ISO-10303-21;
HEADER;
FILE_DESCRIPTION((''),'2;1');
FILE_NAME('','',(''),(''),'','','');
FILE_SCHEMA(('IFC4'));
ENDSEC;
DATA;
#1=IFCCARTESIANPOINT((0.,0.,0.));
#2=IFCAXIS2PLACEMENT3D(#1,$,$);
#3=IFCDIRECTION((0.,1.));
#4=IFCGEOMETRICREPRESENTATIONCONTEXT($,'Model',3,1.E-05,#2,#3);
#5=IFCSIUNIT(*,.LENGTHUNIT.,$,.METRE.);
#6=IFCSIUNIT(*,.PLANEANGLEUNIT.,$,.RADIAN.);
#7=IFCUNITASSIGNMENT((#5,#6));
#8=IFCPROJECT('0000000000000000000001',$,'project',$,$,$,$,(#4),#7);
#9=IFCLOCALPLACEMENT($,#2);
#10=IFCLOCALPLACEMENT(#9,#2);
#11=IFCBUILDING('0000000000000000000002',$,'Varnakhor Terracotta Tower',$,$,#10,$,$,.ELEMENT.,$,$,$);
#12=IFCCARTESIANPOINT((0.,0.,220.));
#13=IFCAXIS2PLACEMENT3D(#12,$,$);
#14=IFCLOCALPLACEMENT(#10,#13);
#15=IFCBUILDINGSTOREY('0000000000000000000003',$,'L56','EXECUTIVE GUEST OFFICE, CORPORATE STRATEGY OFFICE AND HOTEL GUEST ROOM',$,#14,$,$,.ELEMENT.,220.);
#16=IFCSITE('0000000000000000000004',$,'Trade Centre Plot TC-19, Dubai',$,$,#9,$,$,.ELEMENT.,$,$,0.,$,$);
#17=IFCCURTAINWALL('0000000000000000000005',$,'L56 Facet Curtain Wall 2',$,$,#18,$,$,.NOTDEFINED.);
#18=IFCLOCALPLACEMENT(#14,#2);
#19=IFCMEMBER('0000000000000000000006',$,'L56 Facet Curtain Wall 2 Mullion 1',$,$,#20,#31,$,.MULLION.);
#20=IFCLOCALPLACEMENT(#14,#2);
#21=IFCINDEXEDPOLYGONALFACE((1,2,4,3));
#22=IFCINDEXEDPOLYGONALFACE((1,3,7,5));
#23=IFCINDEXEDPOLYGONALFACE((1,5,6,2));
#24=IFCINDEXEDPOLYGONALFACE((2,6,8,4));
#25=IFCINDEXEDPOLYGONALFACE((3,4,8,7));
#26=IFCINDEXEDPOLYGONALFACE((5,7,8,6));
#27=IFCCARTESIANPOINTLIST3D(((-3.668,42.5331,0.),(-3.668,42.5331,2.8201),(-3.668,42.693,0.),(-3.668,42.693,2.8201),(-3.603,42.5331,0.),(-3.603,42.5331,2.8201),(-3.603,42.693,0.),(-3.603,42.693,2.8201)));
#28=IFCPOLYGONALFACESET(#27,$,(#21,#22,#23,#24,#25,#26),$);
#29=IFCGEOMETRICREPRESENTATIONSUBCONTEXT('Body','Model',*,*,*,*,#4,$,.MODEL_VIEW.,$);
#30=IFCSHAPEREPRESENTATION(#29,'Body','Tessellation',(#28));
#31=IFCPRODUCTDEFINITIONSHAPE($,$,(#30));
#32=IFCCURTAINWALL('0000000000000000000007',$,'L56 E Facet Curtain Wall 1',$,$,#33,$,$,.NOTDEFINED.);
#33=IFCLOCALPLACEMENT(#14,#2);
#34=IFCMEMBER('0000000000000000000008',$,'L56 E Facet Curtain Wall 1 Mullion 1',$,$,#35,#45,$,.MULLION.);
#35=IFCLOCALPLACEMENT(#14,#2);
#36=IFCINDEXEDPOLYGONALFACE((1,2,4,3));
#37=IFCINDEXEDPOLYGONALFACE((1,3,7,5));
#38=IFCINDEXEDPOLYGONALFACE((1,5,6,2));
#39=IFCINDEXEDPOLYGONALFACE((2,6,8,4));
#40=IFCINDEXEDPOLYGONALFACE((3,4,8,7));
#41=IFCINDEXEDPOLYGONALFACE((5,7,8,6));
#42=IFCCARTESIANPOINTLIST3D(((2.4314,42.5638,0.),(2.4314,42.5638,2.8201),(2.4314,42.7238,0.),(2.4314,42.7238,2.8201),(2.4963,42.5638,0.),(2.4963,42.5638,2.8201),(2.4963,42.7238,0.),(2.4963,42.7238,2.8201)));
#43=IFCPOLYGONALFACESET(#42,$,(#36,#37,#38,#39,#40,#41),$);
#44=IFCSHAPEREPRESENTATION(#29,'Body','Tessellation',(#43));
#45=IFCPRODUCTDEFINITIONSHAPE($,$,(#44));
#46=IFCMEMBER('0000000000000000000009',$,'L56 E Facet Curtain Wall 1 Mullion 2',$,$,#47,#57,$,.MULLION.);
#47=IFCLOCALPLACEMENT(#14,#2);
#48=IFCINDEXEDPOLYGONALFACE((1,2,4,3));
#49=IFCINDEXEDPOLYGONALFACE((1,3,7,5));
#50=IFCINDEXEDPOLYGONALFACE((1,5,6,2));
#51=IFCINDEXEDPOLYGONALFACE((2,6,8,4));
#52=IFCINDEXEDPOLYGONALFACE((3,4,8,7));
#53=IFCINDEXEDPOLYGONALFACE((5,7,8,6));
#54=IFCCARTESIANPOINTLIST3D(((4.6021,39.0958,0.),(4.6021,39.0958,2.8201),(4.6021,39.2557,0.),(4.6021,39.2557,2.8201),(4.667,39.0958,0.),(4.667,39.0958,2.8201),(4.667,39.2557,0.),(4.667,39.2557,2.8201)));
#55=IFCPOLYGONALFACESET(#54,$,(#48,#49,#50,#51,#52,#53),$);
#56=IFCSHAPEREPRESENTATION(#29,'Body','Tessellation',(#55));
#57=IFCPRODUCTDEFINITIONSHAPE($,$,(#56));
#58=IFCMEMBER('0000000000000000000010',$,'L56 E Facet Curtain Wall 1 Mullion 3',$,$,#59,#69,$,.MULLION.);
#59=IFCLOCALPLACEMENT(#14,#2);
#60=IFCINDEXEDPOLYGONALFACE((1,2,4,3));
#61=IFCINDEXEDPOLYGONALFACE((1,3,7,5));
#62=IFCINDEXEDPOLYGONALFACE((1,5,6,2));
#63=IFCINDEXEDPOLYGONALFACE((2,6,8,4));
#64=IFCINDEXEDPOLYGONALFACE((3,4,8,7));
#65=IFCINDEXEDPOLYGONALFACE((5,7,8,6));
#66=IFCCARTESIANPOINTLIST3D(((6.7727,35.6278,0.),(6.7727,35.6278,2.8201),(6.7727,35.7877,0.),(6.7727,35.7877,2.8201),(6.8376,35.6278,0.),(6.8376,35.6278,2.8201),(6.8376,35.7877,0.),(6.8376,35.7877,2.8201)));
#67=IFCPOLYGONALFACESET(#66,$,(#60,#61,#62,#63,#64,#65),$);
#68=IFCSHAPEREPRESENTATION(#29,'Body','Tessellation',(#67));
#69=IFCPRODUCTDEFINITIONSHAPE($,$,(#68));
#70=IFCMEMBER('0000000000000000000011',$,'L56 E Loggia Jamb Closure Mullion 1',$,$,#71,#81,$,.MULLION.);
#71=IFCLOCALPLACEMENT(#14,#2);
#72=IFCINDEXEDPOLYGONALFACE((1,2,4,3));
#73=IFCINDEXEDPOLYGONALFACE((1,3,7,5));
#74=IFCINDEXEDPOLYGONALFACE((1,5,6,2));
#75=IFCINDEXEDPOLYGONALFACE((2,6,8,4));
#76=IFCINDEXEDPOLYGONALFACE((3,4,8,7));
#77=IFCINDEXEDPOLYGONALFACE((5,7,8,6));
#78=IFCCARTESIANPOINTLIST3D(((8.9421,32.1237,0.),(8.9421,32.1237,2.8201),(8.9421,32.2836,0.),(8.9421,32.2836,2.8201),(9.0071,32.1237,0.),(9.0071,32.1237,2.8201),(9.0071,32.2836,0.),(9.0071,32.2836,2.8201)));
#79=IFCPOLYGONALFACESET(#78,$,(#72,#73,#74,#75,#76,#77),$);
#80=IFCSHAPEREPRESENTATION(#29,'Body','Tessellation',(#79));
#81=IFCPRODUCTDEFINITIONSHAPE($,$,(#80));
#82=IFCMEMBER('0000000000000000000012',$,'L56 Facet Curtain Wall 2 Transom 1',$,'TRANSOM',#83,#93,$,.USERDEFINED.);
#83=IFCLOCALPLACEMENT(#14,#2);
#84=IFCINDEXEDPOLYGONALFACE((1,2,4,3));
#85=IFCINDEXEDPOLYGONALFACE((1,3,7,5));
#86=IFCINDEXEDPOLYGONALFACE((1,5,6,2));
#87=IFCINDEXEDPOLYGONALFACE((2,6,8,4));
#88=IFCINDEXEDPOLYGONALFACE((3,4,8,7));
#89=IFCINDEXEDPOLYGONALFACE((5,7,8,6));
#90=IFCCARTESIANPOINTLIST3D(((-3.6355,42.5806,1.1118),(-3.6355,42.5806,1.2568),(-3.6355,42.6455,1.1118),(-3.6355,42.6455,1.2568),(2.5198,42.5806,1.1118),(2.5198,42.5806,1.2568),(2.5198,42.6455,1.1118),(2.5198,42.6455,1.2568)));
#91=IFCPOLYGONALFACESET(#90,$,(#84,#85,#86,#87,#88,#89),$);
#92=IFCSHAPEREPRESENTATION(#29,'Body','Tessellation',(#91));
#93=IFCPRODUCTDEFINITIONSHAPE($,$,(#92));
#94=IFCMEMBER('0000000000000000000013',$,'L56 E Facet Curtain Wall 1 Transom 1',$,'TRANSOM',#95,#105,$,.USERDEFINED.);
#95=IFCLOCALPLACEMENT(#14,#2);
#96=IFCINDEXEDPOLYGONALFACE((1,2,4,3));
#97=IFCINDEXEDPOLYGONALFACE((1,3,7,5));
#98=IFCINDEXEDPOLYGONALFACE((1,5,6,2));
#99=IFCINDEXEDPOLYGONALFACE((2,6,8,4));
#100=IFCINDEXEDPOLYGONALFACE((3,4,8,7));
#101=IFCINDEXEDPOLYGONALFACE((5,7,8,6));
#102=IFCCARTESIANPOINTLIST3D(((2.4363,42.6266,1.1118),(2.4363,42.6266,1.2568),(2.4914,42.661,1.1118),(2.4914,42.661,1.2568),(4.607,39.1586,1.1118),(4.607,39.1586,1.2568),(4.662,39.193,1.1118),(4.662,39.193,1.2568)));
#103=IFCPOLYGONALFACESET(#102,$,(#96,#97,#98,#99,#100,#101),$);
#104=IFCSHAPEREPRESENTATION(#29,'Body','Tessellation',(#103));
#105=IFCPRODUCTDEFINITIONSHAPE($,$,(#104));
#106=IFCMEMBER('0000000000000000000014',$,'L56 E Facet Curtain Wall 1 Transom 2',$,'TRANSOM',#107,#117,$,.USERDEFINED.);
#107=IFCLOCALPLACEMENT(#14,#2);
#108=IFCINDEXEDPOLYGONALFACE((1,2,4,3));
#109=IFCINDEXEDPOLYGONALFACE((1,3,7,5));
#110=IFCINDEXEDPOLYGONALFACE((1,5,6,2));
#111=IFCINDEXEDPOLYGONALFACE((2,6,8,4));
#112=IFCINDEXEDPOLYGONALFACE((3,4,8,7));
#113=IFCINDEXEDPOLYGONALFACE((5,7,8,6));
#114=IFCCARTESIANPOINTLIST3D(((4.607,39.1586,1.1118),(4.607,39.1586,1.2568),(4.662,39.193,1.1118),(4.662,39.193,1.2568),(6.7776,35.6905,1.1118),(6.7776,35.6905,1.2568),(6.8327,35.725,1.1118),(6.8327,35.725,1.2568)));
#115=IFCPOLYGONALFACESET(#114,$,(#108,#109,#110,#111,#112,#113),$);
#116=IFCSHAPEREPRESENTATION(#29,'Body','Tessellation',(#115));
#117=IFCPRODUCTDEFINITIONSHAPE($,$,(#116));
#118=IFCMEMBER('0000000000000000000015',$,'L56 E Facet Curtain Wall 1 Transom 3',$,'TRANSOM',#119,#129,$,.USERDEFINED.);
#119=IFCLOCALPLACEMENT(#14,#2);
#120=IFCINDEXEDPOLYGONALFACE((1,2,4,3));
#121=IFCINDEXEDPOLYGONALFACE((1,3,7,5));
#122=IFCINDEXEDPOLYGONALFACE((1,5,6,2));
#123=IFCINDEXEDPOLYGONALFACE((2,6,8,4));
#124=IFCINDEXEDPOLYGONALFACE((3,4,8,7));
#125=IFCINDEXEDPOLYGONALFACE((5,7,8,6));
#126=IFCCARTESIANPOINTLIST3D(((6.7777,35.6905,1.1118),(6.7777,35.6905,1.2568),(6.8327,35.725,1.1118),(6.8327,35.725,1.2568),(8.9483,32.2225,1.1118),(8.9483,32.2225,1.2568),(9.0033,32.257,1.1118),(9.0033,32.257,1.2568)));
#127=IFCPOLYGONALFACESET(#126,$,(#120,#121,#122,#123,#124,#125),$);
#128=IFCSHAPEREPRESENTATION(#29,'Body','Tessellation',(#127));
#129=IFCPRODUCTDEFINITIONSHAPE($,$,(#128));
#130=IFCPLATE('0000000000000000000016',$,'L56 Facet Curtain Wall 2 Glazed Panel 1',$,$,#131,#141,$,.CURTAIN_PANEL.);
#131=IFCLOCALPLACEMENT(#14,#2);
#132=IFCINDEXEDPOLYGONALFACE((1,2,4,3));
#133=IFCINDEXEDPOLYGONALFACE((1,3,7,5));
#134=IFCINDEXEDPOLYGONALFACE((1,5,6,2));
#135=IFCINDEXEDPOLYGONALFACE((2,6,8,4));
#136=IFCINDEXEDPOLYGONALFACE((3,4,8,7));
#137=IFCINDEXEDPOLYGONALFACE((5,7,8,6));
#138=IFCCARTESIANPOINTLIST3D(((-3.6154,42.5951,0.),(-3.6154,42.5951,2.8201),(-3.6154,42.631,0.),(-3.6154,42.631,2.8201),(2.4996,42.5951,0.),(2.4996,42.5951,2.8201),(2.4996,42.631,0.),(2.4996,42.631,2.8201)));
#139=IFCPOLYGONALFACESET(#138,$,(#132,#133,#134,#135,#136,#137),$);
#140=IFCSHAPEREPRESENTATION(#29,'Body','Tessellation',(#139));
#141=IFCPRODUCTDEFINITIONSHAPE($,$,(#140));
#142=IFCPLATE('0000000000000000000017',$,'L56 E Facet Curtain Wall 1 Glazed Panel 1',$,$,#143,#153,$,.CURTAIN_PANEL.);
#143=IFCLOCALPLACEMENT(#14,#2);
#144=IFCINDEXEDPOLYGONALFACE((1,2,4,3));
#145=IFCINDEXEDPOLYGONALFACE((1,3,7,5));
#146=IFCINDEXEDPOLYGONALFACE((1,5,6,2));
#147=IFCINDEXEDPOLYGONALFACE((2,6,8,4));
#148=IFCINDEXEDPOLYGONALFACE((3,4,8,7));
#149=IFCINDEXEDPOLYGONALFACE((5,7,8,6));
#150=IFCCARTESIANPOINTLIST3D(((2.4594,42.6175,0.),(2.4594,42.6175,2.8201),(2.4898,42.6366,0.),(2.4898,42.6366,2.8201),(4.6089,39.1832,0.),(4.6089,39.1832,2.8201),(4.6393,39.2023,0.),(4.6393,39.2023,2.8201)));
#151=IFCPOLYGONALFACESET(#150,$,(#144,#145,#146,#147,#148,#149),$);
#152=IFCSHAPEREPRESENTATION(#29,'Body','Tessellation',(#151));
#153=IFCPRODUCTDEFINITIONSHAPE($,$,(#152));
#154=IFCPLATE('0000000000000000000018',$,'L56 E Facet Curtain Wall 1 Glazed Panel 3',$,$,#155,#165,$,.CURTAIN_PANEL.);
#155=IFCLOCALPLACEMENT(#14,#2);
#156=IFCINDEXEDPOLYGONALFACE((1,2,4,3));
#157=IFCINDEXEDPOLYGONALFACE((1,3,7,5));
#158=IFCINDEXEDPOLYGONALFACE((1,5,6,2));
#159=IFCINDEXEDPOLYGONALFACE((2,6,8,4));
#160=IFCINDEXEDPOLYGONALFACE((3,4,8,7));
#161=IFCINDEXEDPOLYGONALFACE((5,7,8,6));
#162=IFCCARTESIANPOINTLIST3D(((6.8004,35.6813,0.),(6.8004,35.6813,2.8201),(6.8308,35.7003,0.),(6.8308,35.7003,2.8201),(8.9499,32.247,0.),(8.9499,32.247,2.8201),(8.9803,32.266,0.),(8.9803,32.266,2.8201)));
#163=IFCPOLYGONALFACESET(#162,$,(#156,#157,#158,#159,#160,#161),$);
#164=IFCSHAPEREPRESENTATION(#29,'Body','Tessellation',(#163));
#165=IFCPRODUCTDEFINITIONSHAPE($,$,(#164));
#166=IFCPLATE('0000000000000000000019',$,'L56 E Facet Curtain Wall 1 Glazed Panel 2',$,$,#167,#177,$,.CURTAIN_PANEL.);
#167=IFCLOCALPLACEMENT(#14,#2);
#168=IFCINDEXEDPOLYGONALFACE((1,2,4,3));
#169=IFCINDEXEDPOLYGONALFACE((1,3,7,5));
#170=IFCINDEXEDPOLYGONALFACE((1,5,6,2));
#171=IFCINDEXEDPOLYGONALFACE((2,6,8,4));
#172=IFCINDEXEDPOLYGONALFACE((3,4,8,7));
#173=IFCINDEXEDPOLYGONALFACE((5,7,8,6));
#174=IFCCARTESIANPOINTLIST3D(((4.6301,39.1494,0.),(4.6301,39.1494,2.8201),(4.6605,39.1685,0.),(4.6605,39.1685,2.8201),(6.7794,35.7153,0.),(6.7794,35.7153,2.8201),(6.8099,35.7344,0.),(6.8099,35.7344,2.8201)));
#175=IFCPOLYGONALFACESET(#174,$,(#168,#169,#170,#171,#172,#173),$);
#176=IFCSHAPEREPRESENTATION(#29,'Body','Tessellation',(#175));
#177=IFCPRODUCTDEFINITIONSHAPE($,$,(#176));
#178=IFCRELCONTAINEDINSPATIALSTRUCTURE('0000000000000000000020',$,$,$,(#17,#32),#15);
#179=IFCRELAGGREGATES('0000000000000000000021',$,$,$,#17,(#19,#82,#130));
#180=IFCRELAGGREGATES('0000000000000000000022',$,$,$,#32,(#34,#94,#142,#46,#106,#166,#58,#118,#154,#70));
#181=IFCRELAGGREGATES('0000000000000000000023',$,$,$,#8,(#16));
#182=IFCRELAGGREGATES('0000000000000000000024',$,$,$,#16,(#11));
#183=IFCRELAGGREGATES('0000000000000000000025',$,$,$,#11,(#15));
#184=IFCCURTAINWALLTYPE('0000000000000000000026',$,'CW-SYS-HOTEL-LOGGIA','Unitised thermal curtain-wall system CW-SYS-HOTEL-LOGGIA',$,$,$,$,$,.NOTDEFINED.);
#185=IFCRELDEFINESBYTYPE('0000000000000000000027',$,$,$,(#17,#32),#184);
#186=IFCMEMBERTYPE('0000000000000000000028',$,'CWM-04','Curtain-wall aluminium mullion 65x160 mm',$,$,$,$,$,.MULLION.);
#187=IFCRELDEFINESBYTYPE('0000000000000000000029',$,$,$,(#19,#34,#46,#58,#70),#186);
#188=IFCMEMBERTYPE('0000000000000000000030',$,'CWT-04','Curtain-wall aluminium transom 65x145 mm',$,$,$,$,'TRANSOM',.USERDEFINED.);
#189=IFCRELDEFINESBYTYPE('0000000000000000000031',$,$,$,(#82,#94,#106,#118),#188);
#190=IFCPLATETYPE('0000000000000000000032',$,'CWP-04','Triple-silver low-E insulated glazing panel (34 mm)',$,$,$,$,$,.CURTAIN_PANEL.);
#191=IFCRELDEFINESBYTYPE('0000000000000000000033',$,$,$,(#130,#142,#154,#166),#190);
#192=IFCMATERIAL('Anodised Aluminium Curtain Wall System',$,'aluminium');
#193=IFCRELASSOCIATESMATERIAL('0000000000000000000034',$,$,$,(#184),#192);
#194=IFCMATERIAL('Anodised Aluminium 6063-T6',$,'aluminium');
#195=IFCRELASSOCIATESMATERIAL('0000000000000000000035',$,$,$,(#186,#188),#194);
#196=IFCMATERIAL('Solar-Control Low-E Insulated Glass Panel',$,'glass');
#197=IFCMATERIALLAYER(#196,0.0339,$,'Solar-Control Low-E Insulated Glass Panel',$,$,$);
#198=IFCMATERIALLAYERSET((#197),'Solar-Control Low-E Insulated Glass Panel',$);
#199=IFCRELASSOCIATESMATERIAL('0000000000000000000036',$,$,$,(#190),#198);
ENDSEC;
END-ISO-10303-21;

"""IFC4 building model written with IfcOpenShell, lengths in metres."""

from ifc_helpers import new_model, si_unit, direction, frame, origin, origin_2d, place, context, subcontext, project, spatial, rectangle, extrude, source, transform, mapped, material, layer, layer_set, material_profile, profile_set, type_object, type_shapes, element, aggregate, save


model = new_model("IFC4")

# Units and contexts
model_context = context("Model", 3, precision=1e-05, world=origin(), true_north=direction((0.0, 1.0)))
body_context = subcontext(model_context, "Body", "Model", "MODEL_VIEW")
ifc_project = project(units=[si_unit("LENGTHUNIT", "METRE"), si_unit("PLANEANGLEUNIT", "RADIAN")], contexts=[model_context])

# Site, building, storey
site_placement = place(None, origin())
site = spatial("IfcSite", under=ifc_project, at=site_placement, Name="Trade Centre Plot TC-19, Dubai", CompositionType="ELEMENT", RefElevation=0.0)
building_placement = place(site_placement, origin())
building = spatial("IfcBuilding", under=site, at=building_placement, Name="Varnakhor Terracotta Tower", CompositionType="ELEMENT")
storey_placement = place(building_placement, frame((0.0, 0.0, 220.0)))
storey = spatial("IfcBuildingStorey", under=building, at=storey_placement, Name="L56", Description="EXECUTIVE GUEST OFFICE, CORPORATE STRATEGY OFFICE AND HOTEL GUEST ROOM", CompositionType="ELEMENT", Elevation=220.0)

# Curtain wall, member
ifc_material_1 = material(Name="Anodised Aluminium Curtain Wall System", Category="aluminium")
curtain_wall_type = type_object("IfcCurtainWallType", Name="CW-SYS-HOTEL-LOGGIA", Description="Unitised thermal curtain-wall system CW-SYS-HOTEL-LOGGIA", PredefinedType="NOTDEFINED", material=ifc_material_1)
curtain_wall_1_placement = place(storey_placement, origin())
curtain_wall_1 = element("IfcCurtainWall", 1, at=curtain_wall_1_placement, inside=storey, type_object=curtain_wall_type, Name="L56 Facet Curtain Wall 2", PredefinedType="NOTDEFINED")
ifc_material_2 = material(Name="Anodised Aluminium 6063-T6", Category="aluminium")
ifc_material_profile_1 = material_profile(ifc_material_2, rectangle(XDim=0.0649, YDim=0.1599, at=origin_2d()), Name="ALU MULLION 65x160")
ifc_profile_set_1 = profile_set([ifc_material_profile_1], Name="Anodised Aluminium 6063-T6")
member_type_1 = type_object("IfcMemberType", Name="CWM-04", Description="Curtain-wall aluminium mullion 65x160 mm", PredefinedType="MULLION", material=ifc_profile_set_1)
shared_shape_1 = source(origin(), body_context, "Body", "SweptSolid", [
    extrude(rectangle(XDim=0.0649, YDim=0.1599, at=origin_2d()), origin(), (0.0, 0.0, 1.0), 2.8201),
])
type_shapes(member_type_1, [shared_shape_1])
member_1_placement = place(storey_placement, frame((-3.6355, 42.613, 0.0), z_axis=(0.0, 0.0, 1.0), x_axis=(1.0, 0.0, 0.0)))
member_1 = element("IfcMember", 2, at=member_1_placement, type_object=member_type_1, Name="L56 Facet Curtain Wall 2 Mullion 1", PredefinedType="MULLION", context=body_context, shape_type="MappedRepresentation", body=[
    mapped(shared_shape_1, transform((0.0, 0.0, 0.0), scale=1.0)),
])

# Curtain wall, members
curtain_wall_2_placement = place(storey_placement, origin())
curtain_wall_2 = element("IfcCurtainWall", 3, at=curtain_wall_2_placement, inside=storey, type_object=curtain_wall_type, Name="L56 E Facet Curtain Wall 1", PredefinedType="NOTDEFINED")
member_2_placement = place(storey_placement, frame((2.4639, 42.6438, 0.0), z_axis=(0.0, 0.0, 1.0), x_axis=(1.0, 0.0, 0.0)))
member_2 = element("IfcMember", 4, at=member_2_placement, type_object=member_type_1, Name="L56 E Facet Curtain Wall 1 Mullion 1", PredefinedType="MULLION", context=body_context, shape_type="MappedRepresentation", body=[
    mapped(shared_shape_1, transform((0.0, 0.0, 0.0), scale=1.0)),
])
member_3_placement = place(storey_placement, frame((4.6345, 39.1758, 0.0), z_axis=(0.0, 0.0, 1.0), x_axis=(1.0, 0.0, 0.0)))
member_3 = element("IfcMember", 5, at=member_3_placement, type_object=member_type_1, Name="L56 E Facet Curtain Wall 1 Mullion 2", PredefinedType="MULLION", context=body_context, shape_type="MappedRepresentation", body=[
    mapped(shared_shape_1, transform((0.0, 0.0, 0.0), scale=1.0)),
])
member_4_placement = place(storey_placement, frame((6.8052, 35.7078, 0.0), z_axis=(0.0, 0.0, 1.0), x_axis=(1.0, 0.0, 0.0)))
member_4 = element("IfcMember", 6, at=member_4_placement, type_object=member_type_1, Name="L56 E Facet Curtain Wall 1 Mullion 3", PredefinedType="MULLION", context=body_context, shape_type="MappedRepresentation", body=[
    mapped(shared_shape_1, transform((0.0, 0.0, 0.0), scale=1.0)),
])
member_5_placement = place(storey_placement, frame((8.9746, 32.2036, 0.0), z_axis=(0.0, 0.0, 1.0), x_axis=(1.0, 0.0, 0.0)))
member_5 = element("IfcMember", 7, at=member_5_placement, type_object=member_type_1, Name="L56 E Loggia Jamb Closure Mullion 1", PredefinedType="MULLION", context=body_context, shape_type="MappedRepresentation", body=[
    mapped(shared_shape_1, transform((0.0, 0.0, 0.0), scale=1.0)),
])

# Members
ifc_material_profile_2 = material_profile(ifc_material_2, rectangle(XDim=0.0649, YDim=0.145, at=origin_2d()), Name="ALU TRANSOM 65x145")
ifc_profile_set_2 = profile_set([ifc_material_profile_2], Name="Anodised Aluminium 6063-T6")
member_type_2 = type_object("IfcMemberType", Name="CWT-04", Description="Curtain-wall aluminium transom 65x145 mm", ElementType="TRANSOM", PredefinedType="USERDEFINED", material=ifc_profile_set_2)
shared_shape_2 = source(origin(), body_context, "Body", "SweptSolid", [
    extrude(rectangle(XDim=0.0649, YDim=0.145, at=origin_2d()), origin(), (0.0, 0.0, 1.0), 6.1553),
])
member_6_placement = place(storey_placement, frame((-3.6355, 42.613, 1.1843), z_axis=(1.0, 0.0, 0.0), x_axis=(0.0, 1.0, 0.0)))
member_6 = element("IfcMember", 8, at=member_6_placement, type_object=member_type_2, Name="L56 Facet Curtain Wall 2 Transom 1", ObjectType="TRANSOM", PredefinedType="USERDEFINED", context=body_context, shape_type="MappedRepresentation", body=[
    mapped(shared_shape_2, transform((0.0, 0.0, 0.0), scale=1.0)),
])
shared_shape_3 = source(origin(), body_context, "Body", "SweptSolid", [
    extrude(rectangle(XDim=0.0649, YDim=0.145, at=origin_2d()), origin(), (0.0, 0.0, 1.0), 4.0913),
])
member_7_placement = place(storey_placement, frame((2.4639, 42.6438, 1.1843), z_axis=(0.530551, -0.847653, 0.0), x_axis=(0.847653, 0.530551, 0.0)))
member_7 = element("IfcMember", 9, at=member_7_placement, type_object=member_type_2, Name="L56 E Facet Curtain Wall 1 Transom 1", ObjectType="TRANSOM", PredefinedType="USERDEFINED", context=body_context, shape_type="MappedRepresentation", body=[
    mapped(shared_shape_3, transform((0.0, 0.0, 0.0), scale=1.0)),
])
member_8_placement = place(storey_placement, frame((4.6345, 39.1758, 1.1843), z_axis=(0.530551, -0.847653, 0.0), x_axis=(0.847653, 0.530551, 0.0)))
member_8 = element("IfcMember", 10, at=member_8_placement, type_object=member_type_2, Name="L56 E Facet Curtain Wall 1 Transom 2", ObjectType="TRANSOM", PredefinedType="USERDEFINED", context=body_context, shape_type="MappedRepresentation", body=[
    mapped(shared_shape_3, transform((0.0, 0.0, 0.0), scale=1.0)),
])
member_9_placement = place(storey_placement, frame((6.8052, 35.7078, 1.1843), z_axis=(0.530551, -0.847653, 0.0), x_axis=(0.847653, 0.530551, 0.0)))
member_9 = element("IfcMember", 11, at=member_9_placement, type_object=member_type_2, Name="L56 E Facet Curtain Wall 1 Transom 3", ObjectType="TRANSOM", PredefinedType="USERDEFINED", context=body_context, shape_type="MappedRepresentation", body=[
    mapped(shared_shape_3, transform((0.0, 0.0, 0.0), scale=1.0)),
])

# Plates
ifc_material_3 = material(Name="Solar-Control Low-E Insulated Glass Panel", Category="glass")
ifc_layer_1 = layer(ifc_material_3, 0.0339, Name="Solar-Control Low-E Insulated Glass Panel")
ifc_layer_set_1 = layer_set([ifc_layer_1], Name="Solar-Control Low-E Insulated Glass Panel")
plate_type = type_object("IfcPlateType", Name="CWP-04", Description="Triple-silver low-E insulated glazing panel (34 mm)", PredefinedType="CURTAIN_PANEL", material=ifc_layer_set_1)
shared_shape_4 = source(origin(), body_context, "Body", "SweptSolid", [
    extrude(rectangle(XDim=6.115, YDim=0.0359, at=origin_2d()), origin(), (0.0, 0.0, 1.0), 2.8201),
])
plate_1_placement = place(storey_placement, frame((-0.5579, 42.613, 0.0), z_axis=(0.0, 0.0, 1.0), x_axis=(1.0, 0.0, 0.0)))
plate_1 = element("IfcPlate", 12, at=plate_1_placement, type_object=plate_type, Name="L56 Facet Curtain Wall 2 Glazed Panel 1", PredefinedType="CURTAIN_PANEL", context=body_context, shape_type="MappedRepresentation", body=[
    mapped(shared_shape_4, transform((0.0, 0.0, 0.0), scale=1.0)),
])
aggregate(curtain_wall_1, [member_1, member_6, plate_1])
shared_shape_5 = source(origin(), body_context, "Body", "SweptSolid", [
    extrude(rectangle(XDim=4.0515, YDim=0.0359, at=origin_2d()), origin(), (0.0, 0.0, 1.0), 2.8201),
])
plate_2_placement = place(storey_placement, frame((3.5493, 40.9099, 0.0), z_axis=(0.0, 0.0, 1.0), x_axis=(0.530541, -0.847659, 0.0)))
plate_2 = element("IfcPlate", 13, at=plate_2_placement, type_object=plate_type, Name="L56 E Facet Curtain Wall 1 Glazed Panel 1", PredefinedType="CURTAIN_PANEL", context=body_context, shape_type="MappedRepresentation", body=[
    mapped(shared_shape_5, transform((0.0, 0.0, 0.0), scale=1.0)),
])
plate_3_placement = place(storey_placement, frame((7.8904, 33.9736, 0.0), z_axis=(0.0, 0.0, 1.0), x_axis=(0.530541, -0.847659, 0.0)))
plate_3 = element("IfcPlate", 14, at=plate_3_placement, type_object=plate_type, Name="L56 E Facet Curtain Wall 1 Glazed Panel 3", PredefinedType="CURTAIN_PANEL", context=body_context, shape_type="MappedRepresentation", body=[
    mapped(shared_shape_5, transform((0.0, 0.0, 0.0), scale=1.0)),
])
shared_shape_6 = source(origin(), body_context, "Body", "SweptSolid", [
    extrude(rectangle(XDim=4.0513, YDim=0.0359, at=origin_2d()), origin(), (0.0, 0.0, 1.0), 2.8201),
])
plate_4_placement = place(storey_placement, frame((5.72, 37.4419, 0.0), z_axis=(0.0, 0.0, 1.0), x_axis=(0.530541, -0.847659, 0.0)))
plate_4 = element("IfcPlate", 15, at=plate_4_placement, type_object=plate_type, Name="L56 E Facet Curtain Wall 1 Glazed Panel 2", PredefinedType="CURTAIN_PANEL", context=body_context, shape_type="MappedRepresentation", body=[
    mapped(shared_shape_6, transform((0.0, 0.0, 0.0), scale=1.0)),
])
aggregate(curtain_wall_2, [member_2, member_7, plate_2, member_3, member_8, plate_4, member_4, member_9, plate_3, member_5])

save(model, "model.ifc")
